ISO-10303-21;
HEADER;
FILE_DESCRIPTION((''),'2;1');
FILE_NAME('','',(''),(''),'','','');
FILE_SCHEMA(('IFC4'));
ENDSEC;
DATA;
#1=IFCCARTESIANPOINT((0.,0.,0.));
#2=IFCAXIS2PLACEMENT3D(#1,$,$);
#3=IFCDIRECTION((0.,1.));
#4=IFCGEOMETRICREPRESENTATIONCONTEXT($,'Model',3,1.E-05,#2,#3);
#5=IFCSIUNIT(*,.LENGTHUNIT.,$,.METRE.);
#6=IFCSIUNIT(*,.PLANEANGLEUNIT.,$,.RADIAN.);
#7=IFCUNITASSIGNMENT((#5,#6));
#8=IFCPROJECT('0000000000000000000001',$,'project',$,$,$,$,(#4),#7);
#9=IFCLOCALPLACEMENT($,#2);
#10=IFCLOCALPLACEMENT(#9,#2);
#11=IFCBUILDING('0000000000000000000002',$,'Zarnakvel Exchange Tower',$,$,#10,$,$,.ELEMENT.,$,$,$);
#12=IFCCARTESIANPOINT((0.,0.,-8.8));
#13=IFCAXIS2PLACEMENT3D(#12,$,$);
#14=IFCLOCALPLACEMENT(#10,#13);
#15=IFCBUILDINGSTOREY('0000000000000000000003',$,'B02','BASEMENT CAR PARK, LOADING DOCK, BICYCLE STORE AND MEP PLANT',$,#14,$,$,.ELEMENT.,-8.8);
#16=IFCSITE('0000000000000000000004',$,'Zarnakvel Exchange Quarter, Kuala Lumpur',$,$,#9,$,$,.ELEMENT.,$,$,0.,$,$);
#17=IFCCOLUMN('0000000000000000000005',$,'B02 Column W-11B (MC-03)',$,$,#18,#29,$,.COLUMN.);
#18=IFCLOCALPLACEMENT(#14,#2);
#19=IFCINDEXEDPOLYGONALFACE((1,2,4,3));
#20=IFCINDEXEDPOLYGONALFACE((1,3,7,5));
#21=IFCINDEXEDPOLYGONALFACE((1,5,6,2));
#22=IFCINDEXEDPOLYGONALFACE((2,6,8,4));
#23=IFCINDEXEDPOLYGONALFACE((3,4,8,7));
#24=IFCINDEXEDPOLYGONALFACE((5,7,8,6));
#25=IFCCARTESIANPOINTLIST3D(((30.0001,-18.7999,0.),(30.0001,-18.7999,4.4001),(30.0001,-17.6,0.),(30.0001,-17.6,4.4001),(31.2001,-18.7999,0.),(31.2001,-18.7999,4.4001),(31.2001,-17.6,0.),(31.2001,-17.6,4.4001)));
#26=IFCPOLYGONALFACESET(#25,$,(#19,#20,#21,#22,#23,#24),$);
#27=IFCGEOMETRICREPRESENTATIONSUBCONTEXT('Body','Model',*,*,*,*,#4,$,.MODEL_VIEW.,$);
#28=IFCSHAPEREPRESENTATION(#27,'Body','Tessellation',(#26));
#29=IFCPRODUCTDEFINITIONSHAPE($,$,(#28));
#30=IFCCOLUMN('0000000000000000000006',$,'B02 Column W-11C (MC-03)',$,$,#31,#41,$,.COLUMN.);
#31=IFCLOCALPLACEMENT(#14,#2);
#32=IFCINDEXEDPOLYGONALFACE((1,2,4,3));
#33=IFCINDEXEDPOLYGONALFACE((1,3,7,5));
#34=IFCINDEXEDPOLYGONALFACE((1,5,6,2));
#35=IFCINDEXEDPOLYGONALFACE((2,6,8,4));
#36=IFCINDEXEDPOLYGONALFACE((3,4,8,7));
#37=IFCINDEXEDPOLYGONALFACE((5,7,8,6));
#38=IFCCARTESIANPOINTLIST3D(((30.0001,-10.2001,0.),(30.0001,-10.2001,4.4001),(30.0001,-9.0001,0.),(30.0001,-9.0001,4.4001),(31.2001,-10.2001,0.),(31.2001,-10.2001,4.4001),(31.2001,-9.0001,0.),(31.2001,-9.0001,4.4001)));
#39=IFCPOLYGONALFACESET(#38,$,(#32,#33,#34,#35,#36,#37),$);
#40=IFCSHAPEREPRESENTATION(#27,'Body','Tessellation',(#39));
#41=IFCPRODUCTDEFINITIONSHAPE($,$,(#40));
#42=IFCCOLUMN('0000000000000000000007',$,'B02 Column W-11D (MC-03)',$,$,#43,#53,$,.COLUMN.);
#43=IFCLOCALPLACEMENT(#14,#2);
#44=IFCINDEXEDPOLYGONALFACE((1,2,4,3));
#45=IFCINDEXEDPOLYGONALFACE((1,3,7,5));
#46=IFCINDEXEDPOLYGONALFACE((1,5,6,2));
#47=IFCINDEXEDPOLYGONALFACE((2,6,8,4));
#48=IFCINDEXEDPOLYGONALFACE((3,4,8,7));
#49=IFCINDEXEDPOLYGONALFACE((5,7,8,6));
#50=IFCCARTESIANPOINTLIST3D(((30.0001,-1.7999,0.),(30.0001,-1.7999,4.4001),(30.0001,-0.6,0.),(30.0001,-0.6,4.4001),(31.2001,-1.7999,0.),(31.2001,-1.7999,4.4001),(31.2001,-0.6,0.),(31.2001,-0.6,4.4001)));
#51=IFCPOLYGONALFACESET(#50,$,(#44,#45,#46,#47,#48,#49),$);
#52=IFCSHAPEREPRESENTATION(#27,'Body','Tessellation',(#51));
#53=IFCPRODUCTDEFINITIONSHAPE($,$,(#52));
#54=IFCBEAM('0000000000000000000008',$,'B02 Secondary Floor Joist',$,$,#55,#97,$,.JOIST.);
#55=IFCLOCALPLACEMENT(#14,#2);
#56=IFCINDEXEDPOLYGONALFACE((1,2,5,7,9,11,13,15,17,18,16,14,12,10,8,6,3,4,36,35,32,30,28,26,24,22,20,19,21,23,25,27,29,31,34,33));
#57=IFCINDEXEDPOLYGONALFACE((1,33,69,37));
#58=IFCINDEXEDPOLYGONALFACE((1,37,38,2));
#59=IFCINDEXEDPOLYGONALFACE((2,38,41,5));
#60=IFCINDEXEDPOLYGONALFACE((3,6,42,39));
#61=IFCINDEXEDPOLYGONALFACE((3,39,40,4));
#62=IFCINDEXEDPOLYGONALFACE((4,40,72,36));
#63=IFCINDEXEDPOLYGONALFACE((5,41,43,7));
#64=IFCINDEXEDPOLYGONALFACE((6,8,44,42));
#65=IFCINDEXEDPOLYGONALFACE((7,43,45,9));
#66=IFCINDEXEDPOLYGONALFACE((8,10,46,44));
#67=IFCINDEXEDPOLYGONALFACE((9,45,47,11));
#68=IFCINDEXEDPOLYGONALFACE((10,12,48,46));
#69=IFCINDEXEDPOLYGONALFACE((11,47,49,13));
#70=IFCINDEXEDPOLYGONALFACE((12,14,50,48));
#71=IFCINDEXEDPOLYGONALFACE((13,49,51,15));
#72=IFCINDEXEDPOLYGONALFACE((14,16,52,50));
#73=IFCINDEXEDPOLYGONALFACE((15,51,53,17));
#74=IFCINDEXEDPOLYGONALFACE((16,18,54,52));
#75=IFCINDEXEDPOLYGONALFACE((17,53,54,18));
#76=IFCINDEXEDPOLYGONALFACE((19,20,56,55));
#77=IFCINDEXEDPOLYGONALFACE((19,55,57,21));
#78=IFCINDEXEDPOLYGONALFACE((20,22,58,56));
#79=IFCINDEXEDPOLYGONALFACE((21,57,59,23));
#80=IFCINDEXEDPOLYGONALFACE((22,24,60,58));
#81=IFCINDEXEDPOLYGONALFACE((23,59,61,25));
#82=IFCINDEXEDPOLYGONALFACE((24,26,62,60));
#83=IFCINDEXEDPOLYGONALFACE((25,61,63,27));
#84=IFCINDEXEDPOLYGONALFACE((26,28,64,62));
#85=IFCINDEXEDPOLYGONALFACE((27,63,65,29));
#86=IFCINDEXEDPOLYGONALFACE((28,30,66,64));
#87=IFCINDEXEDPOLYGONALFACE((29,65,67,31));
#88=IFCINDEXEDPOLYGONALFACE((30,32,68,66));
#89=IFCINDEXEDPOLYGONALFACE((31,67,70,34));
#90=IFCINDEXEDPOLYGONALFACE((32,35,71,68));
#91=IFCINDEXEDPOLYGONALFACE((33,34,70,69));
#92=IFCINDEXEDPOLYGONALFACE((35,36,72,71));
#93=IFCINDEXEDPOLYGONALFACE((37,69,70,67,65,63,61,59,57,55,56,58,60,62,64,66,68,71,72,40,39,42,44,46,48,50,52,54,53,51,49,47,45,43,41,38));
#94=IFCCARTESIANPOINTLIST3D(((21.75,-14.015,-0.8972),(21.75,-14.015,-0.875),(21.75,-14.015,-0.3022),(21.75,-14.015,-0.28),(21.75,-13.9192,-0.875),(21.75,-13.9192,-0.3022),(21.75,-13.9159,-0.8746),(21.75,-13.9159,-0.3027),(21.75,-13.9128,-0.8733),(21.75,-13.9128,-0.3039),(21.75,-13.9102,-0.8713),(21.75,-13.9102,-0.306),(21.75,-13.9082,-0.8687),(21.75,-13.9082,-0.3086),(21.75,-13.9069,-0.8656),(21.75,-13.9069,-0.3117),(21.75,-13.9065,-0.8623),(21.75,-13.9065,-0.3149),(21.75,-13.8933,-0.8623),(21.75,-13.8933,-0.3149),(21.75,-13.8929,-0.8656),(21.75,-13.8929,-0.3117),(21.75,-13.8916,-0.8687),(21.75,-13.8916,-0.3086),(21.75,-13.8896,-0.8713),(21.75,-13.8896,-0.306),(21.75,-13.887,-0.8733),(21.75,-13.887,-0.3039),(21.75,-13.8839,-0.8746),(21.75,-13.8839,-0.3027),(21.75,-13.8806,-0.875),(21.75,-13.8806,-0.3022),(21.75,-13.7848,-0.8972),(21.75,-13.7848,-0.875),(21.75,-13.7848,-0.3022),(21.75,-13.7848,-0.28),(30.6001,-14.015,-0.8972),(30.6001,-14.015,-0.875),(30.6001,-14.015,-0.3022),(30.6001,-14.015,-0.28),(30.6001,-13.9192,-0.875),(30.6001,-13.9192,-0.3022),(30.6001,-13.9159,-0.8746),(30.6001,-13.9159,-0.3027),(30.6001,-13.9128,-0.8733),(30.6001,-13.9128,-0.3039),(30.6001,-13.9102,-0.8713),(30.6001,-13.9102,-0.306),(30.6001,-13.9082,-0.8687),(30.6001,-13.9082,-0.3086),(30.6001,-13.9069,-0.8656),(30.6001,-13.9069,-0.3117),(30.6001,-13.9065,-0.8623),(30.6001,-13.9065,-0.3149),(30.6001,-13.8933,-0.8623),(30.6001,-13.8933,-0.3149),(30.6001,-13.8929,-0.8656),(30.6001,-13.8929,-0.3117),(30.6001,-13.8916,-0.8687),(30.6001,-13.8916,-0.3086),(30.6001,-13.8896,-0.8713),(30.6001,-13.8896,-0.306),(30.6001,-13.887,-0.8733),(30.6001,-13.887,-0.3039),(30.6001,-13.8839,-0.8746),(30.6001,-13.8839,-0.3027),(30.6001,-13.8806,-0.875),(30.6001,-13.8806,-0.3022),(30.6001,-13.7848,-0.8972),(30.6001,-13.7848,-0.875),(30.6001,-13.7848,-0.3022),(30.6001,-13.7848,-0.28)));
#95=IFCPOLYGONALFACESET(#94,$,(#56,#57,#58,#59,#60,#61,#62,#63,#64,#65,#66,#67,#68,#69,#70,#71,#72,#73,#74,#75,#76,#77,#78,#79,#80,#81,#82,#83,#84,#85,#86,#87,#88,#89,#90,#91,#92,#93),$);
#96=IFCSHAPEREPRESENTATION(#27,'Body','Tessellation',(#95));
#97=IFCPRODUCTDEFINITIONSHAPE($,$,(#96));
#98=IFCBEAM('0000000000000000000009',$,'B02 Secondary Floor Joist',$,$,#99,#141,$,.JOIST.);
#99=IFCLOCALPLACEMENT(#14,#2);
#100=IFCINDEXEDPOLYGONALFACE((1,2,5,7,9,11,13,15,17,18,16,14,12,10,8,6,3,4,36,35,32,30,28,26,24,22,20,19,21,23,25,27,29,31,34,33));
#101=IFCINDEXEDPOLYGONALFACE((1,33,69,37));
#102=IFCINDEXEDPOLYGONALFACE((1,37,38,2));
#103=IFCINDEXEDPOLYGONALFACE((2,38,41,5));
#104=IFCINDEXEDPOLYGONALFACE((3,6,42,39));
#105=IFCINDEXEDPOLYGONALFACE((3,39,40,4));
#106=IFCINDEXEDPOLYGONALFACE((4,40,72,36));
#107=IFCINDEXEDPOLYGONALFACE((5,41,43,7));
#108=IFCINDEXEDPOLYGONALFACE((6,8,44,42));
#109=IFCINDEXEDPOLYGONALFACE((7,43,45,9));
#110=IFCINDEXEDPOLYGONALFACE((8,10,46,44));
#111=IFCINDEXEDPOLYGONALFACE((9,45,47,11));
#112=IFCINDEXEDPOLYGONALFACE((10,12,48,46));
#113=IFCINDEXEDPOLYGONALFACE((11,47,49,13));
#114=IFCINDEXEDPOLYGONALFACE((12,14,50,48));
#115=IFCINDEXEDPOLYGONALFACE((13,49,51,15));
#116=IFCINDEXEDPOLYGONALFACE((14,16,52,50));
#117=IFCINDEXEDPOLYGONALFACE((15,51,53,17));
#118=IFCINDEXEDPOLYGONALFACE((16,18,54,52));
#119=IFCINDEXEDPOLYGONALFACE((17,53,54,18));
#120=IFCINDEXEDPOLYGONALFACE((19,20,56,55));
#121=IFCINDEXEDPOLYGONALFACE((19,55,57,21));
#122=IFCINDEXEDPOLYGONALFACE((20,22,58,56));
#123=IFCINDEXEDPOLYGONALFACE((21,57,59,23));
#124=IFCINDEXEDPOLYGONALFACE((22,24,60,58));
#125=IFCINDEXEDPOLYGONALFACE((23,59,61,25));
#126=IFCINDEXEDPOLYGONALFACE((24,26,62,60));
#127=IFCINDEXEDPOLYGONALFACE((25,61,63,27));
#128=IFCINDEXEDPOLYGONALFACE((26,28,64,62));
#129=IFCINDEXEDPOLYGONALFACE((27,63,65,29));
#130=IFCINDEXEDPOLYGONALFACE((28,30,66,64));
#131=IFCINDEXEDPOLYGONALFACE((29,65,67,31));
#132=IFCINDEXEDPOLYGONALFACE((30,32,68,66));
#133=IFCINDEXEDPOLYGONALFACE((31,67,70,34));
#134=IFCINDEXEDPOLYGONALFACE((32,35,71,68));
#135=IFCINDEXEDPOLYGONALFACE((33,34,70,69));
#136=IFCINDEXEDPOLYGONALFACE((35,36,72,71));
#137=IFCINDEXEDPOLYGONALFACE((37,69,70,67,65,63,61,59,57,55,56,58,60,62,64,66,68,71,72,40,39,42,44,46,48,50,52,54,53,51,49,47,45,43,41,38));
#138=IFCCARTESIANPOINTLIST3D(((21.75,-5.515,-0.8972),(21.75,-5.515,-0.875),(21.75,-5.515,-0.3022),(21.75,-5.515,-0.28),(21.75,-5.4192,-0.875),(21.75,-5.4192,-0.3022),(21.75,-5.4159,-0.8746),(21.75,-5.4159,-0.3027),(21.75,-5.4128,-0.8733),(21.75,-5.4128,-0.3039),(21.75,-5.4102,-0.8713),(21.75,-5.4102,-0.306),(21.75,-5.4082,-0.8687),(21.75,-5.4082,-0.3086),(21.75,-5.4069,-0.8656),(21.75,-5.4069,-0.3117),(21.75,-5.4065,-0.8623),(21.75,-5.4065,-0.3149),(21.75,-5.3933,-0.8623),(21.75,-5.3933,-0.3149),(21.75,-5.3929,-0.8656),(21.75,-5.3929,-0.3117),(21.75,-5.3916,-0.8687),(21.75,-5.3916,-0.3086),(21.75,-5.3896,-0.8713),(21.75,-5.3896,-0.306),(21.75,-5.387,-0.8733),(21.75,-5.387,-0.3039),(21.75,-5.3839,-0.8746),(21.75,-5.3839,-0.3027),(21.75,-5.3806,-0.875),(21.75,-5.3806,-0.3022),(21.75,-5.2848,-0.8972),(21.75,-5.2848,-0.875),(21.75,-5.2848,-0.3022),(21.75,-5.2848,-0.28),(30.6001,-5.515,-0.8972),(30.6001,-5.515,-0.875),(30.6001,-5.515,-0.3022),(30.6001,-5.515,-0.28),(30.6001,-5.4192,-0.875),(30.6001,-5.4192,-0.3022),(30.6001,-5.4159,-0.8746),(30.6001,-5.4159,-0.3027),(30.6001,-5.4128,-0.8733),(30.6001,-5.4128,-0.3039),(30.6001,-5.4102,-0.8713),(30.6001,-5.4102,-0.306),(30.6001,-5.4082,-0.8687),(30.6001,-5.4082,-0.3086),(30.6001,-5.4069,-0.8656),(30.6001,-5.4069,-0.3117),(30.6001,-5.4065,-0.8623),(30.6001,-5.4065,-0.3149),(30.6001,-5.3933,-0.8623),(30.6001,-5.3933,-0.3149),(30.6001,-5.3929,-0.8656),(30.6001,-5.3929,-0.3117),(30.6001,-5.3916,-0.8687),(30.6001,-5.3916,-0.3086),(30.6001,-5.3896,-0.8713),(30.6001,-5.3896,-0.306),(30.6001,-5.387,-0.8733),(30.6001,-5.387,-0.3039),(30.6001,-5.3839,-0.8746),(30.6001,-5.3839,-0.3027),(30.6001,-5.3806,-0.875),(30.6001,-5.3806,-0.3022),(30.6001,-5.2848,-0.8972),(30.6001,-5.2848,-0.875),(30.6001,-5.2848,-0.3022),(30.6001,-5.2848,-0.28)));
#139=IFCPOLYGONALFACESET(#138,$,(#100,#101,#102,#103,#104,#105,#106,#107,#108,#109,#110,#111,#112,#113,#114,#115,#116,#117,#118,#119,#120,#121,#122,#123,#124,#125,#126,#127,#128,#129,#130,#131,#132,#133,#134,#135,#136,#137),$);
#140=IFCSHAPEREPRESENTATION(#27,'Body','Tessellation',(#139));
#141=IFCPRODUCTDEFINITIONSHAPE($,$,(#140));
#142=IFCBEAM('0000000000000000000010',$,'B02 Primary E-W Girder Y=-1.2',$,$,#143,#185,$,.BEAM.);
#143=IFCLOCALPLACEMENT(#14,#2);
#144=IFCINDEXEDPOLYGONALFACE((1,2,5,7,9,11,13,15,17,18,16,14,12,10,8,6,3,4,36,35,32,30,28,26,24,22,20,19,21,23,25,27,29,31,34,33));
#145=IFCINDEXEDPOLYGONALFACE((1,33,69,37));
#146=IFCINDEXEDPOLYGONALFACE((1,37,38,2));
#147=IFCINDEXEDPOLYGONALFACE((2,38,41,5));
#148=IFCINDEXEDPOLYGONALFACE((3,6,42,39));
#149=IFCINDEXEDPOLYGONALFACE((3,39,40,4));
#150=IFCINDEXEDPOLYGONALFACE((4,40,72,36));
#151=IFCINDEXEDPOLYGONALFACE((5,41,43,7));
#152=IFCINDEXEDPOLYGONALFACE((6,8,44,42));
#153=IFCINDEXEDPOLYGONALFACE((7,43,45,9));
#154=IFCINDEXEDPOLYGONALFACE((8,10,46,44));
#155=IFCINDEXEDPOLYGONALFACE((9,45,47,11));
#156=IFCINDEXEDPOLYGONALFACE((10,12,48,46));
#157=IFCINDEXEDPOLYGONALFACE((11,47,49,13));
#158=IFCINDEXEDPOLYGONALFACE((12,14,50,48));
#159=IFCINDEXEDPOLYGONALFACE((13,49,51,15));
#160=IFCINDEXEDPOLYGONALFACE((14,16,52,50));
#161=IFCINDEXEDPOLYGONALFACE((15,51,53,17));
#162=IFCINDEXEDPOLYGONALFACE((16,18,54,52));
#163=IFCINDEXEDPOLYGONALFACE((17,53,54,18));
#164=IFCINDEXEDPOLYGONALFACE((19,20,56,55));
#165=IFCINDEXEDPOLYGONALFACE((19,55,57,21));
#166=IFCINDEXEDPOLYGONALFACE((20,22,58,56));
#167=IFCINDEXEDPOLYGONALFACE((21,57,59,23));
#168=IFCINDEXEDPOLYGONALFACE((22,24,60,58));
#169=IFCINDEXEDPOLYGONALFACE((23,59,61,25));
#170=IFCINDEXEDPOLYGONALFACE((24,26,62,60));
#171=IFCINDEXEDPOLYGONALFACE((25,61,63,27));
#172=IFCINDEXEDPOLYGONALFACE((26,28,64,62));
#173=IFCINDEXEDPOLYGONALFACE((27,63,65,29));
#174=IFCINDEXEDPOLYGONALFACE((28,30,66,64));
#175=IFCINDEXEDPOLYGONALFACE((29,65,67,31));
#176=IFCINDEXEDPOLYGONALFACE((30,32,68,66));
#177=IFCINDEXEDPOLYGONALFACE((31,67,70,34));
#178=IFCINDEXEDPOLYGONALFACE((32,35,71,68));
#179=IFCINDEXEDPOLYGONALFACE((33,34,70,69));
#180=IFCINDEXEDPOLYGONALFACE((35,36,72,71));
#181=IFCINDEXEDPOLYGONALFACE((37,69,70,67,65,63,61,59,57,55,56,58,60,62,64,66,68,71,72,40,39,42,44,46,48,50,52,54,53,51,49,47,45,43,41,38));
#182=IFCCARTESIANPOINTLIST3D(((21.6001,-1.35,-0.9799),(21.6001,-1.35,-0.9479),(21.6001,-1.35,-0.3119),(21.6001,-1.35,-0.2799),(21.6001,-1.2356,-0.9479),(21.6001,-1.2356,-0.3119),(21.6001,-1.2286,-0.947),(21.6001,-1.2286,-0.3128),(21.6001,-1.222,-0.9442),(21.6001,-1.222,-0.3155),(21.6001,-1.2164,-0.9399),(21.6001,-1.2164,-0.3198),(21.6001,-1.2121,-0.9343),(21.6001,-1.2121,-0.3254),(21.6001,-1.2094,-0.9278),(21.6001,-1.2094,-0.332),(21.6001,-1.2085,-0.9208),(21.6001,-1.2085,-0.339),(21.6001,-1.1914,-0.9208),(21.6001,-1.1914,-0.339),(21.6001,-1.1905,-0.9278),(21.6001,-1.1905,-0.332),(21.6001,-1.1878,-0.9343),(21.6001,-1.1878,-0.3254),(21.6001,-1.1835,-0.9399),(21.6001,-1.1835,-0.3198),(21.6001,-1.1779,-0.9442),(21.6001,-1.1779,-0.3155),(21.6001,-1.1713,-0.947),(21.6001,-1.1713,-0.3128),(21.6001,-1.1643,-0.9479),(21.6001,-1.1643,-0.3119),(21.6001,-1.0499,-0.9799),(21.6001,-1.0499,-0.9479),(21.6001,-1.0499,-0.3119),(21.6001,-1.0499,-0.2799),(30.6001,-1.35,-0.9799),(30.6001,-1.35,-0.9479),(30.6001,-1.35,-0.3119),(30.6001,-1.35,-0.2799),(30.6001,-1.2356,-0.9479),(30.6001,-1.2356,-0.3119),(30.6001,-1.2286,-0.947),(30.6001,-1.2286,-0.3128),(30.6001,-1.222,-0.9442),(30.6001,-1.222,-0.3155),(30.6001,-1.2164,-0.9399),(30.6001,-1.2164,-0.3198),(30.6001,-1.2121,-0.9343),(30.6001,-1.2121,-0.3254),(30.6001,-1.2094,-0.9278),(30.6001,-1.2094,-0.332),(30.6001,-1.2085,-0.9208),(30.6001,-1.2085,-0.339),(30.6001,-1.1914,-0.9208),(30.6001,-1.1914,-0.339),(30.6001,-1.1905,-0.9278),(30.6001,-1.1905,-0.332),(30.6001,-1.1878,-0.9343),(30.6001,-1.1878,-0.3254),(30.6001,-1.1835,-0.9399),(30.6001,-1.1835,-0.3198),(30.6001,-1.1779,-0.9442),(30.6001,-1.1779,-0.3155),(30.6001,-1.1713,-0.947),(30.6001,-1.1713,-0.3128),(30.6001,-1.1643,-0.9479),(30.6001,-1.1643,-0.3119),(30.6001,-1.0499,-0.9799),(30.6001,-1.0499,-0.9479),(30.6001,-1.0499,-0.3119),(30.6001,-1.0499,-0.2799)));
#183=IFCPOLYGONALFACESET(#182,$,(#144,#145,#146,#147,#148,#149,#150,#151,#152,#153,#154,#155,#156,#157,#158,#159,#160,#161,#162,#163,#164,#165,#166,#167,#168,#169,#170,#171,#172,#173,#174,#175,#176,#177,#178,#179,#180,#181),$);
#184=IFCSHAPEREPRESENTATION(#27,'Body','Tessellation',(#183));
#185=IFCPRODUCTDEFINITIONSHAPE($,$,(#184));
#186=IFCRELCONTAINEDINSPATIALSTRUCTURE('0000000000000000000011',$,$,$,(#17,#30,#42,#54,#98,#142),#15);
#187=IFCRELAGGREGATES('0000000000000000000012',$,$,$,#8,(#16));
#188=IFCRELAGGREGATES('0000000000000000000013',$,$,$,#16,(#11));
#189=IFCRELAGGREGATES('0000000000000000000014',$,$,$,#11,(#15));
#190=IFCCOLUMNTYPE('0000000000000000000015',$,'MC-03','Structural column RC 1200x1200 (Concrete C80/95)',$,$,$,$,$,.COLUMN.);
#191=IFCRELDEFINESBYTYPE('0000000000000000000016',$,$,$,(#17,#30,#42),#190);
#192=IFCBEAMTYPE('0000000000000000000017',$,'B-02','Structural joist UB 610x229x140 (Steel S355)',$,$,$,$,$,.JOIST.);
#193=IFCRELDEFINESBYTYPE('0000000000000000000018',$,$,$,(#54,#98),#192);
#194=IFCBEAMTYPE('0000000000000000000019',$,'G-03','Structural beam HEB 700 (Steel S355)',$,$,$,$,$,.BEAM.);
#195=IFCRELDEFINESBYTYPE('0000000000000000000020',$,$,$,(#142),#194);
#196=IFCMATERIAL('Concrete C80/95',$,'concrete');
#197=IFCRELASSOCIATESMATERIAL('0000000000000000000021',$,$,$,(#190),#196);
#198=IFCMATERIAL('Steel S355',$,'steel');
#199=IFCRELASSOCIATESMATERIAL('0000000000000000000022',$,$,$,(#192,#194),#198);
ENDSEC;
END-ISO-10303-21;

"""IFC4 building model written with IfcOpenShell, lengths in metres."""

from ifc_helpers import new_model, si_unit, direction, frame, origin, origin_2d, place, context, subcontext, project, spatial, rectangle, i_section, extrude, material, material_profile, profile_set, type_object, element, save


model = new_model("IFC4")

# Units and contexts
model_context = context("Model", 3, precision=1e-05, world=origin(), true_north=direction((0.0, 1.0)))
body_context = subcontext(model_context, "Body", "Model", "MODEL_VIEW")
ifc_project = project(units=[si_unit("LENGTHUNIT", "METRE"), si_unit("PLANEANGLEUNIT", "RADIAN")], contexts=[model_context])

# Site, building, storey
site_placement = place(None, origin())
site = spatial("IfcSite", under=ifc_project, at=site_placement, Name="Zarnakvel Exchange Quarter, Kuala Lumpur", CompositionType="ELEMENT", RefElevation=0.0)
building_placement = place(site_placement, origin())
building = spatial("IfcBuilding", under=site, at=building_placement, Name="Zarnakvel Exchange Tower", CompositionType="ELEMENT")
storey_placement = place(building_placement, frame((0.0, 0.0, -8.8)))
storey = spatial("IfcBuildingStorey", under=building, at=storey_placement, Name="B02", Description="BASEMENT CAR PARK, LOADING DOCK, BICYCLE STORE AND MEP PLANT", CompositionType="ELEMENT", Elevation=-8.8)

# Columns
ifc_material_1 = material(Name="Concrete C80/95", Category="concrete")
ifc_material_profile_1 = material_profile(ifc_material_1, rectangle(XDim=1.2, YDim=1.2, at=origin_2d()))
ifc_profile_set_1 = profile_set([ifc_material_profile_1], Name="Concrete C80/95")
column_type = type_object("IfcColumnType", Name="MC-03", Description="Structural column RC 1200x1200 (Concrete C80/95)", PredefinedType="COLUMN", material=ifc_profile_set_1)
for number, where, z_axis, x_axis, name in (
    (1, (30.6001, -18.2, 0.0), (0.0, 0.0, 1.0), (1.0, 0.0, 0.0), "B02 Column W-11B (MC-03)"),
    (2, (30.6001, -9.6001, 0.0), (0.0, 0.0, 1.0), (1.0, 0.0, 0.0), "B02 Column W-11C (MC-03)"),
    (3, (30.6001, -1.2, 0.0), (0.0, 0.0, 1.0), (1.0, 0.0, 0.0), "B02 Column W-11D (MC-03)"),
):
    element("IfcColumn", number, at=place(storey_placement, frame(where, z_axis=z_axis, x_axis=x_axis)), inside=storey, type_object=column_type, Name=name, PredefinedType="COLUMN", context=body_context, shape_type="SweptSolid", body=[
        extrude(rectangle(XDim=1.2, YDim=1.2, at=origin_2d()), origin(), (0.0, 0.0, 1.0), 4.4001),
    ])

# Beams
ifc_material_2 = material(Name="Steel S355", Category="steel")
ifc_material_profile_2 = material_profile(ifc_material_2, i_section(OverallWidth=0.2302, OverallDepth=0.6172, WebThickness=0.0132, FlangeThickness=0.0222, FilletRadius=0.0127, at=origin_2d()))
ifc_profile_set_2 = profile_set([ifc_material_profile_2], Name="Steel S355")
beam_type_1 = type_object("IfcBeamType", Name="B-02", Description="Structural joist UB 610x229x140 (Steel S355)", PredefinedType="JOIST", material=ifc_profile_set_2)
for number, where, z_axis, x_axis, name in (
    (4, (21.75, -13.8999, -0.5886), (1.0, 0.0, 0.0), (0.0, 1.0, 0.0), "B02 Secondary Floor Joist"),
    (5, (21.75, -5.3999, -0.5886), (1.0, 0.0, 0.0), (0.0, 1.0, 0.0), "B02 Secondary Floor Joist"),
):
    element("IfcBeam", number, at=place(storey_placement, frame(where, z_axis=z_axis, x_axis=x_axis)), inside=storey, type_object=beam_type_1, Name=name, PredefinedType="JOIST", context=body_context, shape_type="SweptSolid", body=[
        extrude(i_section(OverallWidth=0.2302, OverallDepth=0.6172, WebThickness=0.0132, FlangeThickness=0.0222, FilletRadius=0.0127, at=origin_2d()), origin(), (0.0, 0.0, 1.0), 8.8501),
    ])
ifc_material_profile_3 = material_profile(ifc_material_2, i_section(OverallWidth=0.3, OverallDepth=0.7, WebThickness=0.0171, FlangeThickness=0.032, FilletRadius=0.0271, at=origin_2d()))
ifc_profile_set_3 = profile_set([ifc_material_profile_3], Name="Steel S355")
beam_type_2 = type_object("IfcBeamType", Name="G-03", Description="Structural beam HEB 700 (Steel S355)", PredefinedType="BEAM", material=ifc_profile_set_3)
beam_1_placement = place(storey_placement, frame((21.6001, -1.2, -0.6299), z_axis=(1.0, 0.0, 0.0), x_axis=(0.0, 1.0, 0.0)))
element("IfcBeam", 6, at=beam_1_placement, inside=storey, type_object=beam_type_2, Name="B02 Primary E-W Girder Y=-1.2", PredefinedType="BEAM", context=body_context, shape_type="SweptSolid", body=[
    extrude(i_section(OverallWidth=0.3, OverallDepth=0.7, WebThickness=0.0171, FlangeThickness=0.032, FilletRadius=0.0271, at=origin_2d()), origin(), (0.0, 0.0, 1.0), 9.0),
])

save(model, "model.ifc")
